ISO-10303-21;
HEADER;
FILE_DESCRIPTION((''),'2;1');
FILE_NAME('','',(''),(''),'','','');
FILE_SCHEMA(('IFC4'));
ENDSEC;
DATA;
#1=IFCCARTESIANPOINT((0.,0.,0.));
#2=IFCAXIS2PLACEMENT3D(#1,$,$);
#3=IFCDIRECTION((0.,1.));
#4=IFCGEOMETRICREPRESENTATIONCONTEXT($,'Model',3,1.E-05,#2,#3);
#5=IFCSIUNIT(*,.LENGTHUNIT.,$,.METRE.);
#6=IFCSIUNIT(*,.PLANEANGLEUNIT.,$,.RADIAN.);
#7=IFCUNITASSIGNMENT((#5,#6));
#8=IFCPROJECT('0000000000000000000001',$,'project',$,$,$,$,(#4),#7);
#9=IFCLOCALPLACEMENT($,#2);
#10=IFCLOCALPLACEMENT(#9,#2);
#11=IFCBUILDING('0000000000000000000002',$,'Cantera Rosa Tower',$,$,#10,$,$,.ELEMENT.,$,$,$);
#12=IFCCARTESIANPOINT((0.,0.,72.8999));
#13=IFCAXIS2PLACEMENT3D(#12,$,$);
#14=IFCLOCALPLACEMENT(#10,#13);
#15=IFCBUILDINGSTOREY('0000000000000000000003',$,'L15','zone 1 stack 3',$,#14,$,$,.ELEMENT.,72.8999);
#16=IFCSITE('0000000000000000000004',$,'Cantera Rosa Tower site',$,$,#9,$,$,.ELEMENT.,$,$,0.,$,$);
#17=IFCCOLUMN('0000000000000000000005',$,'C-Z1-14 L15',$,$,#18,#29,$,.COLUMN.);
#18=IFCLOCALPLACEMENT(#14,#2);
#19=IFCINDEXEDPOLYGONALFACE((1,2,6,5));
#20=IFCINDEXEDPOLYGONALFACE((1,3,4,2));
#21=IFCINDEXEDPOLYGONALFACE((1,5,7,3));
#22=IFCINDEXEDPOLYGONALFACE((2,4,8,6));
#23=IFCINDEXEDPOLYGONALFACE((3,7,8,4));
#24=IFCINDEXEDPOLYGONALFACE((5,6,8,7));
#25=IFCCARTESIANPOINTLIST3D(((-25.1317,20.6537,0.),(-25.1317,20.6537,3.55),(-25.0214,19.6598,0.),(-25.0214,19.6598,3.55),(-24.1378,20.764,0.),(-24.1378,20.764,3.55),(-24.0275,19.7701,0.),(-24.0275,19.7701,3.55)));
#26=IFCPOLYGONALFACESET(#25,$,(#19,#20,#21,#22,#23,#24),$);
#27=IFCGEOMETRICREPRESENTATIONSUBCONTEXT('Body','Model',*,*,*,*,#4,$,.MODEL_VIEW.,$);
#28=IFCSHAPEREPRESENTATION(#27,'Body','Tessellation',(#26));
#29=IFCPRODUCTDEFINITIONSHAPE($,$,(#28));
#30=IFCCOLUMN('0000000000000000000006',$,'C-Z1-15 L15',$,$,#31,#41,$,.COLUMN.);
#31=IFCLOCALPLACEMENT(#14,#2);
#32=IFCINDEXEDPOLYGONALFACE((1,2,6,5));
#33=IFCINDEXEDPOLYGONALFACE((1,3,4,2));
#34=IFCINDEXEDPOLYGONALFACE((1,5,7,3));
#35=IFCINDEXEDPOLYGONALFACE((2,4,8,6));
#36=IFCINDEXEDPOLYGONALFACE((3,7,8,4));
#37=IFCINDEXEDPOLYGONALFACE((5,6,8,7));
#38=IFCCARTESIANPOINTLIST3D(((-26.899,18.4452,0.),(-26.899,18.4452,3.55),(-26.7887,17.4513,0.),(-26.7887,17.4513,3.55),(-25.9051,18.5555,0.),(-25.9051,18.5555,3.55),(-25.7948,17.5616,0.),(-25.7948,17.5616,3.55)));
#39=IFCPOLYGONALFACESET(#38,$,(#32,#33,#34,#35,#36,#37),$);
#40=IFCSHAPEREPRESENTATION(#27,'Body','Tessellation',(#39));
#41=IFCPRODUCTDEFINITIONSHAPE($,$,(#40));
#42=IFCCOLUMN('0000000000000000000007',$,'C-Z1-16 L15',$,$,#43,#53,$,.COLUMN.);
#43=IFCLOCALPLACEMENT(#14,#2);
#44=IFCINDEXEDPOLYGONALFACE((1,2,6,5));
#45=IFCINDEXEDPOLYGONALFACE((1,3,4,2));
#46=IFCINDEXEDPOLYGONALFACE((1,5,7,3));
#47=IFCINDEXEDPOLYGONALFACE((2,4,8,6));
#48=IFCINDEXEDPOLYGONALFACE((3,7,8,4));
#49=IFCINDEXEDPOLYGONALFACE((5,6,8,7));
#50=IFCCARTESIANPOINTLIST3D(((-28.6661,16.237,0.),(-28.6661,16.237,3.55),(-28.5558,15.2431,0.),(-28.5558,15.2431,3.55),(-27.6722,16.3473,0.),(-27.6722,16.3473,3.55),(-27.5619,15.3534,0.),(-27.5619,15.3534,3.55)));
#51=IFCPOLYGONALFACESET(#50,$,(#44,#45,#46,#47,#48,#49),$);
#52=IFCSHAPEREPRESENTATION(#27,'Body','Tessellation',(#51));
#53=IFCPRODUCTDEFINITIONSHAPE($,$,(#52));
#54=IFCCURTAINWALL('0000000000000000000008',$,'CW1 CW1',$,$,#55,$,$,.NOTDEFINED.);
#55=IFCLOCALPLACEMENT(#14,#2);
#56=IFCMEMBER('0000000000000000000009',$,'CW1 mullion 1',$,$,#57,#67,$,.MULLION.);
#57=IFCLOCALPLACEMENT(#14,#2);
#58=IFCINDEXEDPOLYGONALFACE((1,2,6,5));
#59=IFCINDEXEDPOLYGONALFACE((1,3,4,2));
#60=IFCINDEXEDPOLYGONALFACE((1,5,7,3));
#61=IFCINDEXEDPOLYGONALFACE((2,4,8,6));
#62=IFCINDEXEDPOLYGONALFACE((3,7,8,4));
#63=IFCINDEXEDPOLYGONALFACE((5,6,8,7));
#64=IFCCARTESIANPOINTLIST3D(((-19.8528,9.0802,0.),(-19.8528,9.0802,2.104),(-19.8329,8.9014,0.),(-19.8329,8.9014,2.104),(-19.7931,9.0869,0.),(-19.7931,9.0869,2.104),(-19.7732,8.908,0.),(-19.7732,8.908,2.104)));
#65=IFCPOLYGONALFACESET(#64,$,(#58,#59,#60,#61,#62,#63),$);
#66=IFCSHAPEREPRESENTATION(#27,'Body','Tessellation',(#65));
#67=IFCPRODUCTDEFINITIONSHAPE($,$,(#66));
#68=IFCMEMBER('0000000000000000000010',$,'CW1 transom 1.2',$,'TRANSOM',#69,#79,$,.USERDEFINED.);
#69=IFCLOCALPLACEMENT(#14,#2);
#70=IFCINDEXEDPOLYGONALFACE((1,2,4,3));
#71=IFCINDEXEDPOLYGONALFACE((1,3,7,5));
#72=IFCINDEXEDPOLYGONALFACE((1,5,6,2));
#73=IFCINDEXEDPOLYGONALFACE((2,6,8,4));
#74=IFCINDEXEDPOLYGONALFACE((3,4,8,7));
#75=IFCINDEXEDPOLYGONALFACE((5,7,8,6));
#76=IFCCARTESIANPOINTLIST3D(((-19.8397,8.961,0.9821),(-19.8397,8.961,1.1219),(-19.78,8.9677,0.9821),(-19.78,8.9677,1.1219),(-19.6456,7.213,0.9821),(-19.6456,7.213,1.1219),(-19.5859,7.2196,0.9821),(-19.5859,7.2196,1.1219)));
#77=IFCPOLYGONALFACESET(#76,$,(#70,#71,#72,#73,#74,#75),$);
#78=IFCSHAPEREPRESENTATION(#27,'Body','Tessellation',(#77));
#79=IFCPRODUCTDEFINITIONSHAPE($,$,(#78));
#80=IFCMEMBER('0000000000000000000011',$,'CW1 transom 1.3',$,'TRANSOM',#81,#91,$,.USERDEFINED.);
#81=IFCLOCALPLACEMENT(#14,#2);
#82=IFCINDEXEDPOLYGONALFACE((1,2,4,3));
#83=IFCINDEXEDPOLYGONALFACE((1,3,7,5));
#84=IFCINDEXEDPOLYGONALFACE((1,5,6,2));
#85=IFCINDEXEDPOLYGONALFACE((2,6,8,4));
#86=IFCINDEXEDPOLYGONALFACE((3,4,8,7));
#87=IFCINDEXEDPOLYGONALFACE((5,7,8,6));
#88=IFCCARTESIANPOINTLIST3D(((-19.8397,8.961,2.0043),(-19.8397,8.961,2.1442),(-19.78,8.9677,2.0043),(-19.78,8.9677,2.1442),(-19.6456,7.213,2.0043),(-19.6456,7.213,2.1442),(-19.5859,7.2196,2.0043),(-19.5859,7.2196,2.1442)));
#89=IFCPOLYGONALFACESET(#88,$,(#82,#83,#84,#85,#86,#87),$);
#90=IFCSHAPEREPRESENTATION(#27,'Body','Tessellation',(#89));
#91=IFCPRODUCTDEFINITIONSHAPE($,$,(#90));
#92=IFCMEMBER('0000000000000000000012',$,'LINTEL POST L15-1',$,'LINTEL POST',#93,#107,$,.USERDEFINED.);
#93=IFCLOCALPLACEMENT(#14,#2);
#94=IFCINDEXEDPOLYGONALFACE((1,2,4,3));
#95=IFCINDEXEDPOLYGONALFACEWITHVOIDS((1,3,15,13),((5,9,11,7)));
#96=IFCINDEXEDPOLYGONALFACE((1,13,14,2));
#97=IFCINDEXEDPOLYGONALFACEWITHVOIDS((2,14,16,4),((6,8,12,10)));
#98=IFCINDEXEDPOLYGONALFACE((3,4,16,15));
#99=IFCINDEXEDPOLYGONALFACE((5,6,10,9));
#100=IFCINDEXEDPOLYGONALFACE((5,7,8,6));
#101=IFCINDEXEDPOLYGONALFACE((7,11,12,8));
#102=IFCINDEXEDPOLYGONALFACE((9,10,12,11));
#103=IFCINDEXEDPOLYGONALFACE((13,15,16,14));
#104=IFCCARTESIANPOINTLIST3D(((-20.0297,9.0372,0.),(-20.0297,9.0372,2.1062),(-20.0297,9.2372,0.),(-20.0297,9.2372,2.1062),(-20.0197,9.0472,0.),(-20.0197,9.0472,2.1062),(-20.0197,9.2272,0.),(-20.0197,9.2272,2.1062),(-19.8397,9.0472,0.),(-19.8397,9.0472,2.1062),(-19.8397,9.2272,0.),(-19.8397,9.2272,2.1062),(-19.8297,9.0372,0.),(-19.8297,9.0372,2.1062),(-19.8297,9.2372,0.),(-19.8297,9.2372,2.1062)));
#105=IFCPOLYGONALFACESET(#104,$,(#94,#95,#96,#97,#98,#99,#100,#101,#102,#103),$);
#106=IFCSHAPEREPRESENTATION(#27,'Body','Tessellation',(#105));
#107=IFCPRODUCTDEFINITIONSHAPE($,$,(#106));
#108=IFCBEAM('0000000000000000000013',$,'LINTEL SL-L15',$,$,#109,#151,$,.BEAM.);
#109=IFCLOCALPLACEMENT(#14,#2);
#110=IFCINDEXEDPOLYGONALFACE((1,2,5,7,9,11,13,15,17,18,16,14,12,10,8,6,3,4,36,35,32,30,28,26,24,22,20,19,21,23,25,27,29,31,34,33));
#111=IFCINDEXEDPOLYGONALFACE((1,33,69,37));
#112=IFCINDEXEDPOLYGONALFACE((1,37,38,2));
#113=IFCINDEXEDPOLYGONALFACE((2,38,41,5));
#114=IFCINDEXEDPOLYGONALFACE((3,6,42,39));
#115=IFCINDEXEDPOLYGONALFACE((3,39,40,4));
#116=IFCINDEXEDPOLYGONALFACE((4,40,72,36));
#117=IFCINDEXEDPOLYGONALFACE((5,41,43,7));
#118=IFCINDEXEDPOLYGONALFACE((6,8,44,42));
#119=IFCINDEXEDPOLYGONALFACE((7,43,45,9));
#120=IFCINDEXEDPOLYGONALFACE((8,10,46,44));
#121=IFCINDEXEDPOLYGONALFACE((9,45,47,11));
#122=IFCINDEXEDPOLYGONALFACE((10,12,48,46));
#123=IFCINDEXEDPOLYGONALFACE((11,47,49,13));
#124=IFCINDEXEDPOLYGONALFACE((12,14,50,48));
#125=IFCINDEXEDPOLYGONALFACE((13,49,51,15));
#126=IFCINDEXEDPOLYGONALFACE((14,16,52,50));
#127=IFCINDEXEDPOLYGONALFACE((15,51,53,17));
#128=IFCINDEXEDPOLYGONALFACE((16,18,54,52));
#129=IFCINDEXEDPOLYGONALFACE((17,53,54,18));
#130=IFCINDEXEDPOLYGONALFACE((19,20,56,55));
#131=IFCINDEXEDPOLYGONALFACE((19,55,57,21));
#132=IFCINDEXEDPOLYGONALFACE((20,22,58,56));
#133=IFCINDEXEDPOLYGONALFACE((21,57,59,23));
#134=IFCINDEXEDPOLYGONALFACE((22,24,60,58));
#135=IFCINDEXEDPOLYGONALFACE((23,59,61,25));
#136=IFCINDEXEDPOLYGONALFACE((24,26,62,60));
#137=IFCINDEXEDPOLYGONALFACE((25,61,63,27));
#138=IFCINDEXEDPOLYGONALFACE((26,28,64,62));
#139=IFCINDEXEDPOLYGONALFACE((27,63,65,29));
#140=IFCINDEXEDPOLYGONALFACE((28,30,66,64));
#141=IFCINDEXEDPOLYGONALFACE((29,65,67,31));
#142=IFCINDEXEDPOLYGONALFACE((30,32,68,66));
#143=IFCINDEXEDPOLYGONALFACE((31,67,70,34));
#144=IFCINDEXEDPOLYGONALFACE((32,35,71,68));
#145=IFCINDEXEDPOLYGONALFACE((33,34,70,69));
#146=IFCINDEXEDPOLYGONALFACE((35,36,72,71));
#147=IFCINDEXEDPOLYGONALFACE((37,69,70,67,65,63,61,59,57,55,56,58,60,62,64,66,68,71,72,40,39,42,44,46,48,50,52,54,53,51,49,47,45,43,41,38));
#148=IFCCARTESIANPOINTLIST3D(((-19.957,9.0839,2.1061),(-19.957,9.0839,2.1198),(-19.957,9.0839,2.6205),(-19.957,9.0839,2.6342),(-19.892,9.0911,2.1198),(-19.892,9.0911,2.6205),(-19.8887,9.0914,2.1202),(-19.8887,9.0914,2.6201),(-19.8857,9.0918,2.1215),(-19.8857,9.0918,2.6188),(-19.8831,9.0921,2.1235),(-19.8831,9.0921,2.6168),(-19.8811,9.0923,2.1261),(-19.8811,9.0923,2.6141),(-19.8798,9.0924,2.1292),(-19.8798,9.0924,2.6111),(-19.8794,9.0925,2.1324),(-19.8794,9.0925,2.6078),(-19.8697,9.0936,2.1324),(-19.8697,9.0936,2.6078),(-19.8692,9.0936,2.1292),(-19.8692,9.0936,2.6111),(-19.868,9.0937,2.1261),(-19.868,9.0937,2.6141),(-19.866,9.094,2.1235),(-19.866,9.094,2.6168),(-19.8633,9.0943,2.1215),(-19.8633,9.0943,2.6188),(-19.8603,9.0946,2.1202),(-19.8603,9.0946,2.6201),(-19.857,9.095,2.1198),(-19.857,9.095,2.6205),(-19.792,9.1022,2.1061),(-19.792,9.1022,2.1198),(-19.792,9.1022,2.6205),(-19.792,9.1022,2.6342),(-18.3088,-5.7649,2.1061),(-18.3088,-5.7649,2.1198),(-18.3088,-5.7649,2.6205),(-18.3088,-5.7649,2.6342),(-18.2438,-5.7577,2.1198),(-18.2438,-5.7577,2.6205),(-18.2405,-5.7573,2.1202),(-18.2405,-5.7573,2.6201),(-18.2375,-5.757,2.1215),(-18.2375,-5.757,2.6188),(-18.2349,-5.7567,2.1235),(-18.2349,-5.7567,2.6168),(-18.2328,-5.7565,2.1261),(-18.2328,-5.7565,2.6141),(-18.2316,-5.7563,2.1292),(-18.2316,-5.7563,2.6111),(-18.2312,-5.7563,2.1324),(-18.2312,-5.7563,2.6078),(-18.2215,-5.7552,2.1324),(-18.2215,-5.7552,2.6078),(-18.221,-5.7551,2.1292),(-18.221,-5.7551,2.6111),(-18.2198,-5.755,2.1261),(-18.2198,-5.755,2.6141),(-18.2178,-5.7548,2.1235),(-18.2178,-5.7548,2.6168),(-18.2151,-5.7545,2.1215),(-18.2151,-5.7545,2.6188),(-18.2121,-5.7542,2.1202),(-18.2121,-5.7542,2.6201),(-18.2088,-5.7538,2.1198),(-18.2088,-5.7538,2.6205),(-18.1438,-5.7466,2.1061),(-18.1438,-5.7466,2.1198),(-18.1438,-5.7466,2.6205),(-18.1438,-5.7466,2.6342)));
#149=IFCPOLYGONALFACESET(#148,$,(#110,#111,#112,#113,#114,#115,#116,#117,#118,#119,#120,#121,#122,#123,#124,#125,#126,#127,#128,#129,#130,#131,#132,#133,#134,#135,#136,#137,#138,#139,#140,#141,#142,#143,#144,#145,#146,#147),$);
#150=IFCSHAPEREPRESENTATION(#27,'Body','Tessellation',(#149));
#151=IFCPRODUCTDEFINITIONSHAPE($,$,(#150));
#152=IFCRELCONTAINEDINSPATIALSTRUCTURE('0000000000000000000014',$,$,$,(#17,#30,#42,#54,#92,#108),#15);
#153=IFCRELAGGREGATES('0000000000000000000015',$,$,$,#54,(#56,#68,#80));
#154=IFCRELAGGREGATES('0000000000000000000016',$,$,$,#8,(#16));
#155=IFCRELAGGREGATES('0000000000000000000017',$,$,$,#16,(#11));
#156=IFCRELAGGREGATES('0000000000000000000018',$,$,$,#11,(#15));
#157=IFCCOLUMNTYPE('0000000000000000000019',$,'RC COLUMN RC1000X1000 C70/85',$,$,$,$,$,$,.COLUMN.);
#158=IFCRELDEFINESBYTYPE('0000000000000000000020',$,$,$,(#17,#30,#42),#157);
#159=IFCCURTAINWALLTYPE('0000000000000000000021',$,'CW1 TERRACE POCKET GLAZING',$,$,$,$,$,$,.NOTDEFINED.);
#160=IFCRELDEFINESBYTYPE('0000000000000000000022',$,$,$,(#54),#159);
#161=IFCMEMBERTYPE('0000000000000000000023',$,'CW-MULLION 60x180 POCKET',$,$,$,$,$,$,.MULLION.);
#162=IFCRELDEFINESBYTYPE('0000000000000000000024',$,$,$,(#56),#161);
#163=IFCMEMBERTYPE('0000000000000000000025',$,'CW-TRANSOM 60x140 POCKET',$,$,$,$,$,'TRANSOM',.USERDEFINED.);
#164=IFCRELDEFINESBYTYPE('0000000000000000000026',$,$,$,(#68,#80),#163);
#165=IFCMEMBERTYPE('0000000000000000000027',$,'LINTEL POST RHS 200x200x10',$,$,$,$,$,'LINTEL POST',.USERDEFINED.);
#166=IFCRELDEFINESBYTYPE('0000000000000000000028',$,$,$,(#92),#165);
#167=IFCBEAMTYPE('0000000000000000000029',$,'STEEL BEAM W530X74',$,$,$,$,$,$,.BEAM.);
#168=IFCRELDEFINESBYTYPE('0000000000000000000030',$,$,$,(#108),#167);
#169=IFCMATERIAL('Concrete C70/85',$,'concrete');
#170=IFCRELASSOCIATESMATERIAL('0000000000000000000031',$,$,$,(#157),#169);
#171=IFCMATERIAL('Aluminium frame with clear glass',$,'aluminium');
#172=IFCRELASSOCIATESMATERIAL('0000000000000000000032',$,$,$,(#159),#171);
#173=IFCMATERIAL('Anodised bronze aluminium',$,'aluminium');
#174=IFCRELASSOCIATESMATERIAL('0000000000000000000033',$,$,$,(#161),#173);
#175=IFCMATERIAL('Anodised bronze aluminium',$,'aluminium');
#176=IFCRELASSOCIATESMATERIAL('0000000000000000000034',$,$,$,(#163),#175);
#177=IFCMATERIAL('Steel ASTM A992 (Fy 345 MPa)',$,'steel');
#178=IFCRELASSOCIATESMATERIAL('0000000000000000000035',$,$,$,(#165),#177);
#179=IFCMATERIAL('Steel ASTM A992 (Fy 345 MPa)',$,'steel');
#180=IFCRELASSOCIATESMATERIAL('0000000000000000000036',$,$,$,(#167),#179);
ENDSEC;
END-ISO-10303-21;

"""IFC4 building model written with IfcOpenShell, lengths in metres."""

from ifc_helpers import new_model, si_unit, direction, frame, origin, origin_2d, place, context, subcontext, project, spatial, rectangle, hollow_rectangle, i_section, extrude, material, material_profile, profile_set, type_object, element, aggregate, save


model = new_model("IFC4")

# Units and contexts
model_context = context("Model", 3, precision=1e-05, world=origin(), true_north=direction((0.0, 1.0)))
body_context = subcontext(model_context, "Body", "Model", "MODEL_VIEW")
ifc_project = project(units=[si_unit("LENGTHUNIT", "METRE"), si_unit("PLANEANGLEUNIT", "RADIAN")], contexts=[model_context])

# Site, building, storey
site_placement = place(None, origin())
site = spatial("IfcSite", under=ifc_project, at=site_placement, Name="Cantera Rosa Tower site", CompositionType="ELEMENT", RefElevation=0.0)
building_placement = place(site_placement, origin())
building = spatial("IfcBuilding", under=site, at=building_placement, Name="Cantera Rosa Tower", CompositionType="ELEMENT")
storey_placement = place(building_placement, frame((0.0, 0.0, 72.8999)))
storey = spatial("IfcBuildingStorey", under=building, at=storey_placement, Name="L15", Description="zone 1 stack 3", CompositionType="ELEMENT", Elevation=72.8999)

# Columns
ifc_material_1 = material(Name="Concrete C70/85", Category="concrete")
ifc_material_profile_1 = material_profile(ifc_material_1, rectangle(XDim=1.0, YDim=1.0, at=origin_2d()), Name="RC COLUMN RC1000X1000 C70/85")
ifc_profile_set_1 = profile_set([ifc_material_profile_1], Name="Concrete C70/85")
column_type = type_object("IfcColumnType", Name="RC COLUMN RC1000X1000 C70/85", PredefinedType="COLUMN", material=ifc_profile_set_1)
for number, where, z_axis, x_axis, name in (
    (1, (-24.5796, 20.2119, 0.0), (0.0, 0.0, 1.0), (0.993897, 0.110313, 0.0), "C-Z1-14 L15"),
    (2, (-26.3469, 18.0034, 0.0), (0.0, 0.0, 1.0), (0.993897, 0.110313, 0.0), "C-Z1-15 L15"),
    (3, (-28.114, 15.7952, 0.0), (0.0, 0.0, 1.0), (0.993897, 0.110313, 0.0), "C-Z1-16 L15"),
):
    element("IfcColumn", number, at=place(storey_placement, frame(where, z_axis=z_axis, x_axis=x_axis)), inside=storey, type_object=column_type, Name=name, PredefinedType="COLUMN", context=body_context, shape_type="SweptSolid", body=[
        extrude(rectangle(XDim=1.0, YDim=1.0, at=origin_2d()), origin(), (0.0, 0.0, 1.0), 3.55),
    ])

# Curtain wall, members
ifc_material_2 = material(Name="Aluminium frame with clear glass", Category="aluminium")
curtain_wall_type = type_object("IfcCurtainWallType", Name="CW1 TERRACE POCKET GLAZING", PredefinedType="NOTDEFINED", material=ifc_material_2)
curtain_wall_placement = place(storey_placement, origin())
curtain_wall = element("IfcCurtainWall", 4, at=curtain_wall_placement, inside=storey, type_object=curtain_wall_type, Name="CW1 CW1", PredefinedType="NOTDEFINED")
ifc_material_3 = material(Name="Anodised bronze aluminium", Category="aluminium")
ifc_material_profile_2 = material_profile(ifc_material_3, rectangle(XDim=0.0601, YDim=0.1799, at=origin_2d()), Name="CW-MULLION 60x180 POCKET")
ifc_profile_set_2 = profile_set([ifc_material_profile_2], Name="Anodised bronze aluminium")
member_type_1 = type_object("IfcMemberType", Name="CW-MULLION 60x180 POCKET", PredefinedType="MULLION", material=ifc_profile_set_2)
member_1_placement = place(storey_placement, frame((-19.813, 8.9941, 0.0), z_axis=(0.0, 0.0, 1.0), x_axis=(0.993897, 0.110313, 0.0)))
member_1 = element("IfcMember", 5, at=member_1_placement, type_object=member_type_1, Name="CW1 mullion 1", PredefinedType="MULLION", context=body_context, shape_type="SweptSolid", body=[
    extrude(rectangle(XDim=0.0601, YDim=0.1799, at=origin_2d()), origin(), (0.0, 0.0, 1.0), 2.104),
])
ifc_material_4 = material(Name="Anodised bronze aluminium", Category="aluminium")
ifc_material_profile_3 = material_profile(ifc_material_4, rectangle(XDim=0.0601, YDim=0.1399, at=origin_2d()), Name="CW-TRANSOM 60x140 POCKET")
ifc_profile_set_3 = profile_set([ifc_material_profile_3], Name="Anodised bronze aluminium")
member_type_2 = type_object("IfcMemberType", Name="CW-TRANSOM 60x140 POCKET", ElementType="TRANSOM", PredefinedType="USERDEFINED", material=ifc_profile_set_3)
member_2_placement = place(storey_placement, frame((-19.8098, 8.9644, 1.052), z_axis=(0.110355, -0.993892, 0.0), x_axis=(0.993892, 0.110355, 0.0)))
member_2 = element("IfcMember", 6, at=member_2_placement, type_object=member_type_2, Name="CW1 transom 1.2", ObjectType="TRANSOM", PredefinedType="USERDEFINED", context=body_context, shape_type="SweptSolid", body=[
    extrude(rectangle(XDim=0.0601, YDim=0.1399, at=origin_2d()), origin(), (0.0, 0.0, 1.0), 1.7588),
])
member_3_placement = place(storey_placement, frame((-19.8098, 8.9644, 2.0742), z_axis=(0.110355, -0.993892, 0.0), x_axis=(0.993892, 0.110355, 0.0)))
member_3 = element("IfcMember", 7, at=member_3_placement, type_object=member_type_2, Name="CW1 transom 1.3", ObjectType="TRANSOM", PredefinedType="USERDEFINED", context=body_context, shape_type="SweptSolid", body=[
    extrude(rectangle(XDim=0.0601, YDim=0.1399, at=origin_2d()), origin(), (0.0, 0.0, 1.0), 1.7588),
])
aggregate(curtain_wall, [member_1, member_2, member_3])

# Member
ifc_material_5 = material(Name="Steel ASTM A992 (Fy 345 MPa)", Category="steel")
ifc_material_profile_4 = material_profile(ifc_material_5, hollow_rectangle(XDim=0.2, YDim=0.2, WallThickness=0.01, at=origin_2d()), Name="LINTEL POST RHS 200x200x10")
ifc_profile_set_4 = profile_set([ifc_material_profile_4], Name="Steel ASTM A992 (Fy 345 MPa)")
member_type_3 = type_object("IfcMemberType", Name="LINTEL POST RHS 200x200x10", ElementType="LINTEL POST", PredefinedType="USERDEFINED", material=ifc_profile_set_4)
member_4_placement = place(storey_placement, frame((-19.9297, 9.1372, 0.0), z_axis=(0.0, 0.0, 1.0), x_axis=(1.0, 0.0, 0.0)))
element("IfcMember", 8, at=member_4_placement, inside=storey, type_object=member_type_3, Name="LINTEL POST L15-1", ObjectType="LINTEL POST", PredefinedType="USERDEFINED", context=body_context, shape_type="SweptSolid", body=[
    extrude(hollow_rectangle(XDim=0.2, YDim=0.2, WallThickness=0.01, at=origin_2d()), origin(), (0.0, 0.0, 1.0), 2.1062),
])

# Beam
ifc_material_6 = material(Name="Steel ASTM A992 (Fy 345 MPa)", Category="steel")
ifc_material_profile_5 = material_profile(ifc_material_6, i_section(OverallWidth=0.166, OverallDepth=0.5281, WebThickness=0.0098, FlangeThickness=0.0137, FilletRadius=0.0127, at=origin_2d()), Name="W530X74")
ifc_profile_set_5 = profile_set([ifc_material_profile_5], Name="Steel ASTM A992 (Fy 345 MPa)")
beam_type_1 = type_object("IfcBeamType", Name="STEEL BEAM W530X74", PredefinedType="BEAM", material=ifc_profile_set_5)
beam_1_placement = place(storey_placement, frame((-19.8745, 9.093, 2.3701), z_axis=(0.110322, -0.993896, 0.0), x_axis=(0.993896, 0.110322, 0.0)))
element("IfcBeam", 9, at=beam_1_placement, inside=storey, type_object=beam_type_1, Name="LINTEL SL-L15", PredefinedType="BEAM", context=body_context, shape_type="SweptSolid", body=[
    extrude(i_section(OverallWidth=0.166, OverallDepth=0.5281, WebThickness=0.0098, FlangeThickness=0.0137, FilletRadius=0.0127, at=origin_2d()), origin(), (0.0, 0.0, 1.0), 14.9399),
])

save(model, "model.ifc")
